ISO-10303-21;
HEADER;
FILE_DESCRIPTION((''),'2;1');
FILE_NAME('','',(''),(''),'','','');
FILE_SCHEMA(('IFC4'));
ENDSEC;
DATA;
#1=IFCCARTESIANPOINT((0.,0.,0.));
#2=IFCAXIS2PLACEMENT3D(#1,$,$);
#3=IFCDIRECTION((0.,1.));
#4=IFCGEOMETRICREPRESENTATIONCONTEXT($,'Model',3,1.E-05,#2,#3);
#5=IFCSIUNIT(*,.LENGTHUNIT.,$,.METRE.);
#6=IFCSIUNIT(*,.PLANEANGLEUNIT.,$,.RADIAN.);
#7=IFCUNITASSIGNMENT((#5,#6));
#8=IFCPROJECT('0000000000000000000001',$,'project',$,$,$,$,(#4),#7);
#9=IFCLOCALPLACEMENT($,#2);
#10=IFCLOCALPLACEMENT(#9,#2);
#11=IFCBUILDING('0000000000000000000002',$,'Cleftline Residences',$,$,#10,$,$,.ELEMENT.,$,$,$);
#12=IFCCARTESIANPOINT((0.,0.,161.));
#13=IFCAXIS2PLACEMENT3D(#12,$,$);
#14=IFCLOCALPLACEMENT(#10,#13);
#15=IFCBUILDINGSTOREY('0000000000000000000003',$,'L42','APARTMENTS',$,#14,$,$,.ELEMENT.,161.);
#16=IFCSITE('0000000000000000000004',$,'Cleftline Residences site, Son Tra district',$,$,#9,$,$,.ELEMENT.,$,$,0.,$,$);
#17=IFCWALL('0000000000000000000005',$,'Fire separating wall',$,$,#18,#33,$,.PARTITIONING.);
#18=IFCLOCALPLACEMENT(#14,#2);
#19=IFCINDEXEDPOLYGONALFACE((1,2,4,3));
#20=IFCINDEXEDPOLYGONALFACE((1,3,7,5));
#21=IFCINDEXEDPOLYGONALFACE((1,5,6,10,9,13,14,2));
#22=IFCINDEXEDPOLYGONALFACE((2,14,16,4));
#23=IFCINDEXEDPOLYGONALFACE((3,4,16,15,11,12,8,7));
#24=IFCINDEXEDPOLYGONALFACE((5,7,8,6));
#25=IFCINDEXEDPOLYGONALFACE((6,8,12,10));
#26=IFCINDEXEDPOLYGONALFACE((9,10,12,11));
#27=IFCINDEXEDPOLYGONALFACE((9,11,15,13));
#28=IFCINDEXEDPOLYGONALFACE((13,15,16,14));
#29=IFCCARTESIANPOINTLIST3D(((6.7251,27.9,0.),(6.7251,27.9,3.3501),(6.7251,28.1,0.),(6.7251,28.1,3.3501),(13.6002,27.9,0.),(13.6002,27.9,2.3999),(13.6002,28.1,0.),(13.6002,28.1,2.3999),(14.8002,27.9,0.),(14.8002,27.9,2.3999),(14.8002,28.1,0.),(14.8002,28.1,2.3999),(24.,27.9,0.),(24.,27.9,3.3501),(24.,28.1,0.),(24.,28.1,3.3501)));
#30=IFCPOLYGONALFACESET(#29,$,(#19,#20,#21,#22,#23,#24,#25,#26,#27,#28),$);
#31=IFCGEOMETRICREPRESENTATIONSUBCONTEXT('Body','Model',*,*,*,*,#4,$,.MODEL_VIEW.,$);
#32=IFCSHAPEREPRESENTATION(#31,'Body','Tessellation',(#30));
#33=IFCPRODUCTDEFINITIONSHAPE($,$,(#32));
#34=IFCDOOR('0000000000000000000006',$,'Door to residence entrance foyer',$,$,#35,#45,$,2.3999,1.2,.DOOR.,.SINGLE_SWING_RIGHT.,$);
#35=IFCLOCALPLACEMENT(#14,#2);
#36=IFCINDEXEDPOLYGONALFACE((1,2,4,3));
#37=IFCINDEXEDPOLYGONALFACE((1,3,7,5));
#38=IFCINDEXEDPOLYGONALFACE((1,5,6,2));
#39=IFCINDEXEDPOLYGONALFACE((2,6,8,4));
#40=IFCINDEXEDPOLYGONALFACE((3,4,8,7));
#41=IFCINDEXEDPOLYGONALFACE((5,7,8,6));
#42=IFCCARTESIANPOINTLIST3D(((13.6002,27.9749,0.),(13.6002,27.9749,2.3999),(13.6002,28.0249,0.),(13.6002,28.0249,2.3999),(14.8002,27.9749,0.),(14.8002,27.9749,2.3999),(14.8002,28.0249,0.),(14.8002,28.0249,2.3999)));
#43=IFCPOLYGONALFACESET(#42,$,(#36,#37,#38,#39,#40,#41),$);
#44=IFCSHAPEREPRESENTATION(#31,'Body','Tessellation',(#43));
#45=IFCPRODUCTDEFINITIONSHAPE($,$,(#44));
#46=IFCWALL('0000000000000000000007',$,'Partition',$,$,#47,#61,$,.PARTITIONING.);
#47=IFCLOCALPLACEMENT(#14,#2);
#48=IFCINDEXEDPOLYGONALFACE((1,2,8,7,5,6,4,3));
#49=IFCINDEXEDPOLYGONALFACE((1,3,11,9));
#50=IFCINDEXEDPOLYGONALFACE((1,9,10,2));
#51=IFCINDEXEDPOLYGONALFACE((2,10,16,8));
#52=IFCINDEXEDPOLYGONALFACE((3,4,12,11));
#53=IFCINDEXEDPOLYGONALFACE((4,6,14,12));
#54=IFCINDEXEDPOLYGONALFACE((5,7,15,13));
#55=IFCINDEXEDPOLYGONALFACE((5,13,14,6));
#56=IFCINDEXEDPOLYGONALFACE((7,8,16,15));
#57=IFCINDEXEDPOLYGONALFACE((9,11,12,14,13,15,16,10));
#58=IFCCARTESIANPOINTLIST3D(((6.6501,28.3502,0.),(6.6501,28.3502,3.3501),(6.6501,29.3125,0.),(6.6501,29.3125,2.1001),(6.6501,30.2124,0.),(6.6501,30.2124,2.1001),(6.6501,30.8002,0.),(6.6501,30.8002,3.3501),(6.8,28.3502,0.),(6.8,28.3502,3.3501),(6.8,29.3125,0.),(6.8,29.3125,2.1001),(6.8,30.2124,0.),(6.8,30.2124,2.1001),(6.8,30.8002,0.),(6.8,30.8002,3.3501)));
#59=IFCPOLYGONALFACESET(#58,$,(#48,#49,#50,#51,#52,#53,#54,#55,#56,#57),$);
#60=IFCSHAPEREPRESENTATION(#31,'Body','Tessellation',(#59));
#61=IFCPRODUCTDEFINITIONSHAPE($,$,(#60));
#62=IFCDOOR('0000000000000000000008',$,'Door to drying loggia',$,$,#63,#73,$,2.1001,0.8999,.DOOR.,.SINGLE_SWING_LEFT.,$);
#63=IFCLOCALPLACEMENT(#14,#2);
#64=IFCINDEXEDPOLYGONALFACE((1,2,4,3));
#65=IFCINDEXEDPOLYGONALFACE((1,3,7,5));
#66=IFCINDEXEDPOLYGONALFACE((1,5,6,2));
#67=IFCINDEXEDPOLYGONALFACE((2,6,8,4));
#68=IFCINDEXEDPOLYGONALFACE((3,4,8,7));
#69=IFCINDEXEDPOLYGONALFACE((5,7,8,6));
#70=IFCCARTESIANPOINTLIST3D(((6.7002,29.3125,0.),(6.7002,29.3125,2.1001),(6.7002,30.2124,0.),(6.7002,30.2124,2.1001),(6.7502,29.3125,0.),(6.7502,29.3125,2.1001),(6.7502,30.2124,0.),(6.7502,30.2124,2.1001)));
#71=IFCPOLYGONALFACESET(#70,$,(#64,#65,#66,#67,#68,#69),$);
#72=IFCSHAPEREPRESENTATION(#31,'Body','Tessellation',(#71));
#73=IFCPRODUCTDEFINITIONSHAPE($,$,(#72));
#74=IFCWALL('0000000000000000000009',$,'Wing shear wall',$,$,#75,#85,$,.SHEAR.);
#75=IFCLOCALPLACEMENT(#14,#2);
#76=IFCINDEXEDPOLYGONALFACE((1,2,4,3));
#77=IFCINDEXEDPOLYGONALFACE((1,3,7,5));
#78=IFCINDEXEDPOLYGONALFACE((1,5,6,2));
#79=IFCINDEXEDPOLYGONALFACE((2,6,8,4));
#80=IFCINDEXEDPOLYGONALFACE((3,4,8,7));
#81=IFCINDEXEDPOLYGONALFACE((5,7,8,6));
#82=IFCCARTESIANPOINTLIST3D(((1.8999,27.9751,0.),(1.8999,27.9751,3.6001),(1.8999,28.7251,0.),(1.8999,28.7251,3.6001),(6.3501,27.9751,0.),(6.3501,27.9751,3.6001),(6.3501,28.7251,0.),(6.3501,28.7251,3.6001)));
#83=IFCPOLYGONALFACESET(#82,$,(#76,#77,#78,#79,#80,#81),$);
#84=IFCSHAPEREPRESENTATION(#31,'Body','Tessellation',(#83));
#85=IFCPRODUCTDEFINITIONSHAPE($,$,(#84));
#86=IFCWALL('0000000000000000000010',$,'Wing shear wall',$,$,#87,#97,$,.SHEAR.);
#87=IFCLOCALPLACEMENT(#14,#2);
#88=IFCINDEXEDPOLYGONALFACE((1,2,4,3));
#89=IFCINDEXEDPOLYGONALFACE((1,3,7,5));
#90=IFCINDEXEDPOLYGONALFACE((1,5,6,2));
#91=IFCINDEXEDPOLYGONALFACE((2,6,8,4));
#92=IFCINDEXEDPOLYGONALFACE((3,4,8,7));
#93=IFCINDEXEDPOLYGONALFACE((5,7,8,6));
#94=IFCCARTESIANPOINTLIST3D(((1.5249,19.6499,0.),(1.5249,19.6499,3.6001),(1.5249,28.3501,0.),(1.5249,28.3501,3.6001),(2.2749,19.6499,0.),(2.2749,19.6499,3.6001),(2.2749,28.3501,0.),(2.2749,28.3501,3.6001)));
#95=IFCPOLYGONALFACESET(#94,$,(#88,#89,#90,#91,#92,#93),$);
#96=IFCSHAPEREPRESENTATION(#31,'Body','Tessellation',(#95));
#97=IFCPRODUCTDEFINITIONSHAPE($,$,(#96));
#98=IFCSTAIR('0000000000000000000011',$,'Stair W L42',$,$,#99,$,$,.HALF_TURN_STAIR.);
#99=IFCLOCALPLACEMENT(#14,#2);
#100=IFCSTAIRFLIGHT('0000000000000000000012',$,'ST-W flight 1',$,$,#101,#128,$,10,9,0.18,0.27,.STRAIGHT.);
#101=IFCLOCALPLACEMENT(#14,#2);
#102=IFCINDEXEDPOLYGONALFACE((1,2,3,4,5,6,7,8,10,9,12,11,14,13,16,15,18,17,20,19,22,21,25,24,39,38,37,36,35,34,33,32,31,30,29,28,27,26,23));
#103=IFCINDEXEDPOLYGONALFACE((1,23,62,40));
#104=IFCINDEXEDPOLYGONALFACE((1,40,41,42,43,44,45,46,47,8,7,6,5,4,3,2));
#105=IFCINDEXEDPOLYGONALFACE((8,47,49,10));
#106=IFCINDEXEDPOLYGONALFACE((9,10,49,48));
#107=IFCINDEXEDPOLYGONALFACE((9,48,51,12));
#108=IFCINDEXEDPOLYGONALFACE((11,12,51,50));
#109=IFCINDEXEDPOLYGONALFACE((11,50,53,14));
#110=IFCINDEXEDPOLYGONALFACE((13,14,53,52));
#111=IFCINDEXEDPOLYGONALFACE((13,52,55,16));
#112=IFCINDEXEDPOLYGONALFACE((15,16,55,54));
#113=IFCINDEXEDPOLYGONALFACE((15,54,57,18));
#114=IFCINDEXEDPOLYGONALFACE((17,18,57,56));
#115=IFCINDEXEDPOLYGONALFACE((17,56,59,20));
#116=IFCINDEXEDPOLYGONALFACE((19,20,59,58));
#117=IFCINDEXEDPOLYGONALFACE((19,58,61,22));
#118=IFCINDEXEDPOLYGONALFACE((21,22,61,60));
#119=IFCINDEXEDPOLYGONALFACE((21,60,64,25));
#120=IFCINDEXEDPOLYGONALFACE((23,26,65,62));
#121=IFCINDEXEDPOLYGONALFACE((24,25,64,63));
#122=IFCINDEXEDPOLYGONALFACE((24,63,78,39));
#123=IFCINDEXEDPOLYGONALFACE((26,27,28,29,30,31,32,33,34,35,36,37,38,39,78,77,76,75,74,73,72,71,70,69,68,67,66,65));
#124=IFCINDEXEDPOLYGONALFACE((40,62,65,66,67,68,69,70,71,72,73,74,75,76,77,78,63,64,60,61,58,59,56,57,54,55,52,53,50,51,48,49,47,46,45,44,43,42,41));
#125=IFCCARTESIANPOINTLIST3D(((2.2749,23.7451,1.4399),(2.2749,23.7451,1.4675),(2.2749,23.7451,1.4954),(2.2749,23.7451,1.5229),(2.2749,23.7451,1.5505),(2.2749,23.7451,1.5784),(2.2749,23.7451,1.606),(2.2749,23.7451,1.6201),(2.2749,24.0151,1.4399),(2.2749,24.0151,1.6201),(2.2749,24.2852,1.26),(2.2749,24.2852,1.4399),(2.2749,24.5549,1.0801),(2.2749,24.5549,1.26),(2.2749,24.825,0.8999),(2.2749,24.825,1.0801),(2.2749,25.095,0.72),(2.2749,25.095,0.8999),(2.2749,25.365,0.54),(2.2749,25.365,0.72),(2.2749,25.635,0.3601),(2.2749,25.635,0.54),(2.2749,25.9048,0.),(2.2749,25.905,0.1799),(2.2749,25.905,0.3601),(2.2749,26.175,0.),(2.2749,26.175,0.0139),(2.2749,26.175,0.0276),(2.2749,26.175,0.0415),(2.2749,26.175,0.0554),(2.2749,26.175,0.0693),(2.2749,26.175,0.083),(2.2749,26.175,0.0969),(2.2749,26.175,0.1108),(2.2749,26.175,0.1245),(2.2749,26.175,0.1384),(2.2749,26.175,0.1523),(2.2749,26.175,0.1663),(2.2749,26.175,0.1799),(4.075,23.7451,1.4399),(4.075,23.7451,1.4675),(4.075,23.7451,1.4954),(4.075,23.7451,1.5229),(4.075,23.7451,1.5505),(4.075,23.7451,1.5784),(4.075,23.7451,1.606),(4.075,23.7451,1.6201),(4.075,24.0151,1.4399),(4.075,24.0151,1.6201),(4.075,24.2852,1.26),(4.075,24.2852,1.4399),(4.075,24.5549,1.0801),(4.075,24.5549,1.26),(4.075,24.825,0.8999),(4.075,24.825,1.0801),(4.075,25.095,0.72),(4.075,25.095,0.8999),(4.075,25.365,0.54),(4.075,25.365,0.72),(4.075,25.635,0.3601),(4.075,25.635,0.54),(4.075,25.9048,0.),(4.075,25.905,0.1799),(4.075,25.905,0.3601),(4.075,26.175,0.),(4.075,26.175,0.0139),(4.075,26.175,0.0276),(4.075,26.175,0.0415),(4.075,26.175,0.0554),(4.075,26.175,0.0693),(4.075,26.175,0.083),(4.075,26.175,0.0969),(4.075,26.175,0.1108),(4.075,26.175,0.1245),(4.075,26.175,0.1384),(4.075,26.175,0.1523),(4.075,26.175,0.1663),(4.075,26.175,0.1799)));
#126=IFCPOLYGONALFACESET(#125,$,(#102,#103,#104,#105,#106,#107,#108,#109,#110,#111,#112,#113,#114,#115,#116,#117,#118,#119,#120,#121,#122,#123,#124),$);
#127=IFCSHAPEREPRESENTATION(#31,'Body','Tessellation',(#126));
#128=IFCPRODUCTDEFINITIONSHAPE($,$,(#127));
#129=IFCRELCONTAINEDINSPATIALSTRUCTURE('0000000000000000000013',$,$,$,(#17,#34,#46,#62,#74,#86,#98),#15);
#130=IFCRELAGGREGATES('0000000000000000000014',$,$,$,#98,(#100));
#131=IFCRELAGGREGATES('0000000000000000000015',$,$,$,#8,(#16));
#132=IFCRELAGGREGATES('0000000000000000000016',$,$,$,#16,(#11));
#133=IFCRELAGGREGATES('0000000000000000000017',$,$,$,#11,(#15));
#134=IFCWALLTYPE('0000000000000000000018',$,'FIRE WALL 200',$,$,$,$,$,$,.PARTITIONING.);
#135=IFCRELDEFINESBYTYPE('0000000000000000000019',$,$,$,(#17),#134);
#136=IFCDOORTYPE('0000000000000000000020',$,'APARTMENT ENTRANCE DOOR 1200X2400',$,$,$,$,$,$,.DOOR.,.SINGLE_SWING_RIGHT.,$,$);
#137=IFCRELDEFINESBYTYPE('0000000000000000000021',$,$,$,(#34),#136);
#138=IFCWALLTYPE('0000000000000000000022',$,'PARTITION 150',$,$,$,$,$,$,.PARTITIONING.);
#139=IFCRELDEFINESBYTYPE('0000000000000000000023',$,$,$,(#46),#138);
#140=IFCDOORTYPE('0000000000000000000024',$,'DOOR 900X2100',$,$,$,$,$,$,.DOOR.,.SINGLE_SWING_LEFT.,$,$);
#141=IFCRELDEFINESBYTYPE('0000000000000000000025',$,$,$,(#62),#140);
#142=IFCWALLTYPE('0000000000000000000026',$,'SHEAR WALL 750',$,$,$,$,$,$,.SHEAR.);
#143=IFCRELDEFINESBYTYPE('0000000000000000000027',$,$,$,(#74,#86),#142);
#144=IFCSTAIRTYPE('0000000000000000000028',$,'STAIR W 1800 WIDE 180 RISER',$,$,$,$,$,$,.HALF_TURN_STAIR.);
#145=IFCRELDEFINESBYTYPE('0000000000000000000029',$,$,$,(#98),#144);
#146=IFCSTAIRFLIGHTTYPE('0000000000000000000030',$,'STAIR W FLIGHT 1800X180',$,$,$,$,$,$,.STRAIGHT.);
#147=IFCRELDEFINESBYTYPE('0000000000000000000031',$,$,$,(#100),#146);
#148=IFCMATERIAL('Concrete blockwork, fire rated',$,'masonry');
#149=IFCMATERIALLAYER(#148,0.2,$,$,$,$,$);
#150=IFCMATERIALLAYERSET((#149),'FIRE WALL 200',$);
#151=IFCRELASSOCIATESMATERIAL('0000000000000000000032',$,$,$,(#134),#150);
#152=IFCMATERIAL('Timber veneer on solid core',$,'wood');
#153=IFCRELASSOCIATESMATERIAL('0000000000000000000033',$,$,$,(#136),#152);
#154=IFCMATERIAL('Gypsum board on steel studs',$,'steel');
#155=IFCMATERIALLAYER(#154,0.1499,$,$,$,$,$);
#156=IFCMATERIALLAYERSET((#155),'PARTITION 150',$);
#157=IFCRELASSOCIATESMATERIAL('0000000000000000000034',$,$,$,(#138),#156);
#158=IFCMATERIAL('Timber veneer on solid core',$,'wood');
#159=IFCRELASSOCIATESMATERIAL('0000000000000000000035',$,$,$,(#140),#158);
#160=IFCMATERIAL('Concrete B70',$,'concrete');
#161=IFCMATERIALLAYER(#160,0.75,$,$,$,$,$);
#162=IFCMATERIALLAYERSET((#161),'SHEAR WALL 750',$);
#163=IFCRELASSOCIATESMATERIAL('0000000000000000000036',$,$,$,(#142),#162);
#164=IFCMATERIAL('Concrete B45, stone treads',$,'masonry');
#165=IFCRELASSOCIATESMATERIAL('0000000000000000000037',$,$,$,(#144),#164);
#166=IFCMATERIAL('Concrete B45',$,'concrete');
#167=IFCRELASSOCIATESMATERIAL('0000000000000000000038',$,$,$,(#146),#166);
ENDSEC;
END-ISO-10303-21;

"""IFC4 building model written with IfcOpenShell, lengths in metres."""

from ifc_helpers import new_model, si_unit, direction, frame, frame_2d, origin, place, context, subcontext, project, spatial, polyline, rectangle, outline, extrude, material, layer, layer_set, type_object, element, fill, aggregate, save


model = new_model("IFC4")

# Units and contexts
model_context = context("Model", 3, precision=1e-05, world=origin(), true_north=direction((0.0, 1.0)))
body_context = subcontext(model_context, "Body", "Model", "MODEL_VIEW")
ifc_project = project(units=[si_unit("LENGTHUNIT", "METRE"), si_unit("PLANEANGLEUNIT", "RADIAN")], contexts=[model_context])

# Site, building, storey
site_placement = place(None, origin())
site = spatial("IfcSite", under=ifc_project, at=site_placement, Name="Cleftline Residences site, Son Tra district", CompositionType="ELEMENT", RefElevation=0.0)
building_placement = place(site_placement, origin())
building = spatial("IfcBuilding", under=site, at=building_placement, Name="Cleftline Residences", CompositionType="ELEMENT")
storey_placement = place(building_placement, frame((0.0, 0.0, 161.0)))
storey = spatial("IfcBuildingStorey", under=building, at=storey_placement, Name="L42", Description="APARTMENTS", CompositionType="ELEMENT", Elevation=161.0)

# Walls, openings, doors
ifc_material_1 = material(Name="Concrete blockwork, fire rated", Category="masonry")
ifc_layer_1 = layer(ifc_material_1, 0.2)
ifc_layer_set_1 = layer_set([ifc_layer_1], Name="FIRE WALL 200")
wall_type_1 = type_object("IfcWallType", Name="FIRE WALL 200", PredefinedType="PARTITIONING", material=ifc_layer_set_1)
wall_1_placement = place(storey_placement, frame((6.7251, 28.0, 0.0), z_axis=(0.0, 0.0, 1.0), x_axis=(1.0, 0.0, 0.0)))
wall_1 = element("IfcWall", 1, at=wall_1_placement, inside=storey, type_object=wall_type_1, Name="Fire separating wall", PredefinedType="PARTITIONING", context=body_context, shape_type="SweptSolid", body=[
    extrude(rectangle(XDim=17.2749, YDim=0.2, at=frame_2d((8.6375, 0.0))), origin(), (0.0, 0.0, 1.0), 3.3501),
])
opening_1_placement = place(wall_1_placement, frame((6.875, 0.0, 0.0)))
opening_1 = element("IfcOpeningElement", 2, at=opening_1_placement, cuts=wall_1, PredefinedType="OPENING", context=body_context, shape_type="SweptSolid", body=[
    extrude(rectangle(XDim=1.2, YDim=2.3999, at=frame_2d((0.6001, 1.2))), frame((0.0, 0.1099, 0.0), z_axis=(0.0, -1.0, 0.0), x_axis=(1.0, 0.0, 0.0)), (0.0, 0.0, 1.0), 0.22),
])
ifc_material_2 = material(Name="Timber veneer on solid core", Category="wood")
door_type_1 = type_object("IfcDoorType", Name="APARTMENT ENTRANCE DOOR 1200X2400", OperationType="SINGLE_SWING_RIGHT", PredefinedType="DOOR", material=ifc_material_2)
door_1_placement = place(opening_1_placement, origin())
door_1 = element("IfcDoor", 3, at=door_1_placement, inside=storey, type_object=door_type_1, Name="Door to residence entrance foyer", OperationType="SINGLE_SWING_RIGHT", OverallHeight=2.3999, OverallWidth=1.2, PredefinedType="DOOR", context=body_context, shape_type="SweptSolid", body=[
    extrude(rectangle(XDim=1.2, YDim=2.3999, at=frame_2d((0.6001, 1.2))), frame((0.0, 0.0249, 0.0), z_axis=(0.0, -1.0, 0.0), x_axis=(1.0, 0.0, 0.0)), (0.0, 0.0, 1.0), 0.05),
])
fill(opening_1, door_1)
ifc_material_3 = material(Name="Gypsum board on steel studs", Category="steel")
ifc_layer_2 = layer(ifc_material_3, 0.1499)
ifc_layer_set_2 = layer_set([ifc_layer_2], Name="PARTITION 150")
wall_type_2 = type_object("IfcWallType", Name="PARTITION 150", PredefinedType="PARTITIONING", material=ifc_layer_set_2)
wall_2_placement = place(storey_placement, frame((6.7251, 28.3501, 0.0), z_axis=(0.0, 0.0, 1.0), x_axis=(0.0, 1.0, 0.0)))
wall_2 = element("IfcWall", 4, at=wall_2_placement, inside=storey, type_object=wall_type_2, Name="Partition", PredefinedType="PARTITIONING", context=body_context, shape_type="SweptSolid", body=[
    extrude(rectangle(XDim=2.45, YDim=0.1499, at=frame_2d((1.2251, 0.0))), origin(), (0.0, 0.0, 1.0), 3.3501),
])
opening_2_placement = place(wall_2_placement, frame((0.9624, 0.0, 0.0)))
opening_2 = element("IfcOpeningElement", 5, at=opening_2_placement, cuts=wall_2, PredefinedType="OPENING", context=body_context, shape_type="SweptSolid", body=[
    extrude(rectangle(XDim=0.8999, YDim=2.1001, at=frame_2d((0.45, 1.05))), frame((0.0, 0.085, 0.0), z_axis=(0.0, -1.0, 0.0), x_axis=(1.0, 0.0, 0.0)), (0.0, 0.0, 1.0), 0.1699),
])
ifc_material_4 = material(Name="Timber veneer on solid core", Category="wood")
door_type_2 = type_object("IfcDoorType", Name="DOOR 900X2100", OperationType="SINGLE_SWING_LEFT", PredefinedType="DOOR", material=ifc_material_4)
door_2_placement = place(opening_2_placement, origin())
door_2 = element("IfcDoor", 6, at=door_2_placement, inside=storey, type_object=door_type_2, Name="Door to drying loggia", OperationType="SINGLE_SWING_LEFT", OverallHeight=2.1001, OverallWidth=0.8999, PredefinedType="DOOR", context=body_context, shape_type="SweptSolid", body=[
    extrude(rectangle(XDim=0.8999, YDim=2.1001, at=frame_2d((0.45, 1.05))), frame((0.0, 0.0249, 0.0), z_axis=(0.0, -1.0, 0.0), x_axis=(1.0, 0.0, 0.0)), (0.0, 0.0, 1.0), 0.05),
])
fill(opening_2, door_2)

# Walls
ifc_material_5 = material(Name="Concrete B70", Category="concrete")
ifc_layer_3 = layer(ifc_material_5, 0.75)
ifc_layer_set_3 = layer_set([ifc_layer_3], Name="SHEAR WALL 750")
wall_type_3 = type_object("IfcWallType", Name="SHEAR WALL 750", PredefinedType="SHEAR", material=ifc_layer_set_3)
wall_3_placement = place(storey_placement, frame((6.3501, 28.3501, 0.0), z_axis=(0.0, 0.0, 1.0), x_axis=(-1.0, 0.0, 0.0)))
element("IfcWall", 7, at=wall_3_placement, inside=storey, type_object=wall_type_3, Name="Wing shear wall", PredefinedType="SHEAR", context=body_context, shape_type="SweptSolid", body=[
    extrude(rectangle(XDim=4.4502, YDim=0.75, at=frame_2d((2.2251, 0.0))), origin(), (0.0, 0.0, 1.0), 3.6001),
])
wall_4_placement = place(storey_placement, frame((1.8999, 28.3501, 0.0), z_axis=(0.0, 0.0, 1.0), x_axis=(0.0, -1.0, 0.0)))
element("IfcWall", 8, at=wall_4_placement, inside=storey, type_object=wall_type_3, Name="Wing shear wall", PredefinedType="SHEAR", context=body_context, shape_type="SweptSolid", body=[
    extrude(rectangle(XDim=8.7002, YDim=0.75, at=frame_2d((4.3501, 0.0))), origin(), (0.0, 0.0, 1.0), 3.6001),
])

# Stair, stair flight
ifc_material_6 = material(Name="Concrete B45, stone treads", Category="masonry")
stair_type = type_object("IfcStairType", Name="STAIR W 1800 WIDE 180 RISER", PredefinedType="HALF_TURN_STAIR", material=ifc_material_6)
stair_placement = place(storey_placement, origin())
stair = element("IfcStair", 9, at=stair_placement, inside=storey, type_object=stair_type, Name="Stair W L42", PredefinedType="HALF_TURN_STAIR")
ifc_material_7 = material(Name="Concrete B45", Category="concrete")
stair_flight_type = type_object("IfcStairFlightType", Name="STAIR W FLIGHT 1800X180", PredefinedType="STRAIGHT", material=ifc_material_7)
stair_flight_1_placement = place(storey_placement, frame((3.175, 26.175, 0.0), z_axis=(0.0, 0.0, 1.0), x_axis=(0.0, -1.0, 0.0)))
stair_flight_1 = element("IfcStairFlight", 10, at=stair_flight_1_placement, type_object=stair_flight_type, Name="ST-W flight 1", NumberOfRisers=10, NumberOfTreads=9, PredefinedType="STRAIGHT", RiserHeight=0.18, TreadLength=0.27, context=body_context, shape_type="SweptSolid", body=[
    extrude(outline(polyline([(0.0, 0.0), (0.0, 0.0139), (0.0, 0.0276), (0.0, 0.0415), (0.0, 0.0554), (0.0, 0.0693), (0.0, 0.083), (0.0, 0.0969), (0.0, 0.1108), (0.0, 0.1245), (0.0, 0.1384), (0.0, 0.1523), (0.0, 0.1663), (0.0, 0.1799), (0.27, 0.1799), (0.27, 0.3601), (0.54, 0.3601), (0.54, 0.54), (0.8101, 0.54), (0.8101, 0.72), (1.0801, 0.72), (1.0801, 0.8999), (1.3501, 0.8999), (1.3501, 1.0801), (1.6201, 1.0801), (1.6201, 1.26), (1.8899, 1.26), (1.8899, 1.4399), (2.1599, 1.4399), (2.1599, 1.6201), (2.4299, 1.6201), (2.4299, 1.8), (2.4299, 1.7722), (2.4299, 1.7446), (2.4299, 1.7168), (2.4299, 1.6892), (2.4299, 1.6614), (2.4299, 1.6338), (2.4299, 1.606), (2.4299, 1.5784), (2.4299, 1.5505), (2.4299, 1.5229), (2.4299, 1.4954), (2.4299, 1.4675), (2.4299, 1.4399), (0.2703, 0.0), (0.0, 0.0)])), frame((0.0, 0.8999, 0.0), z_axis=(0.0, -1.0, 0.0), x_axis=(1.0, 0.0, 0.0)), (0.0, 0.0, 1.0), 1.8),
])
aggregate(stair, [stair_flight_1])

save(model, "model.ifc")
